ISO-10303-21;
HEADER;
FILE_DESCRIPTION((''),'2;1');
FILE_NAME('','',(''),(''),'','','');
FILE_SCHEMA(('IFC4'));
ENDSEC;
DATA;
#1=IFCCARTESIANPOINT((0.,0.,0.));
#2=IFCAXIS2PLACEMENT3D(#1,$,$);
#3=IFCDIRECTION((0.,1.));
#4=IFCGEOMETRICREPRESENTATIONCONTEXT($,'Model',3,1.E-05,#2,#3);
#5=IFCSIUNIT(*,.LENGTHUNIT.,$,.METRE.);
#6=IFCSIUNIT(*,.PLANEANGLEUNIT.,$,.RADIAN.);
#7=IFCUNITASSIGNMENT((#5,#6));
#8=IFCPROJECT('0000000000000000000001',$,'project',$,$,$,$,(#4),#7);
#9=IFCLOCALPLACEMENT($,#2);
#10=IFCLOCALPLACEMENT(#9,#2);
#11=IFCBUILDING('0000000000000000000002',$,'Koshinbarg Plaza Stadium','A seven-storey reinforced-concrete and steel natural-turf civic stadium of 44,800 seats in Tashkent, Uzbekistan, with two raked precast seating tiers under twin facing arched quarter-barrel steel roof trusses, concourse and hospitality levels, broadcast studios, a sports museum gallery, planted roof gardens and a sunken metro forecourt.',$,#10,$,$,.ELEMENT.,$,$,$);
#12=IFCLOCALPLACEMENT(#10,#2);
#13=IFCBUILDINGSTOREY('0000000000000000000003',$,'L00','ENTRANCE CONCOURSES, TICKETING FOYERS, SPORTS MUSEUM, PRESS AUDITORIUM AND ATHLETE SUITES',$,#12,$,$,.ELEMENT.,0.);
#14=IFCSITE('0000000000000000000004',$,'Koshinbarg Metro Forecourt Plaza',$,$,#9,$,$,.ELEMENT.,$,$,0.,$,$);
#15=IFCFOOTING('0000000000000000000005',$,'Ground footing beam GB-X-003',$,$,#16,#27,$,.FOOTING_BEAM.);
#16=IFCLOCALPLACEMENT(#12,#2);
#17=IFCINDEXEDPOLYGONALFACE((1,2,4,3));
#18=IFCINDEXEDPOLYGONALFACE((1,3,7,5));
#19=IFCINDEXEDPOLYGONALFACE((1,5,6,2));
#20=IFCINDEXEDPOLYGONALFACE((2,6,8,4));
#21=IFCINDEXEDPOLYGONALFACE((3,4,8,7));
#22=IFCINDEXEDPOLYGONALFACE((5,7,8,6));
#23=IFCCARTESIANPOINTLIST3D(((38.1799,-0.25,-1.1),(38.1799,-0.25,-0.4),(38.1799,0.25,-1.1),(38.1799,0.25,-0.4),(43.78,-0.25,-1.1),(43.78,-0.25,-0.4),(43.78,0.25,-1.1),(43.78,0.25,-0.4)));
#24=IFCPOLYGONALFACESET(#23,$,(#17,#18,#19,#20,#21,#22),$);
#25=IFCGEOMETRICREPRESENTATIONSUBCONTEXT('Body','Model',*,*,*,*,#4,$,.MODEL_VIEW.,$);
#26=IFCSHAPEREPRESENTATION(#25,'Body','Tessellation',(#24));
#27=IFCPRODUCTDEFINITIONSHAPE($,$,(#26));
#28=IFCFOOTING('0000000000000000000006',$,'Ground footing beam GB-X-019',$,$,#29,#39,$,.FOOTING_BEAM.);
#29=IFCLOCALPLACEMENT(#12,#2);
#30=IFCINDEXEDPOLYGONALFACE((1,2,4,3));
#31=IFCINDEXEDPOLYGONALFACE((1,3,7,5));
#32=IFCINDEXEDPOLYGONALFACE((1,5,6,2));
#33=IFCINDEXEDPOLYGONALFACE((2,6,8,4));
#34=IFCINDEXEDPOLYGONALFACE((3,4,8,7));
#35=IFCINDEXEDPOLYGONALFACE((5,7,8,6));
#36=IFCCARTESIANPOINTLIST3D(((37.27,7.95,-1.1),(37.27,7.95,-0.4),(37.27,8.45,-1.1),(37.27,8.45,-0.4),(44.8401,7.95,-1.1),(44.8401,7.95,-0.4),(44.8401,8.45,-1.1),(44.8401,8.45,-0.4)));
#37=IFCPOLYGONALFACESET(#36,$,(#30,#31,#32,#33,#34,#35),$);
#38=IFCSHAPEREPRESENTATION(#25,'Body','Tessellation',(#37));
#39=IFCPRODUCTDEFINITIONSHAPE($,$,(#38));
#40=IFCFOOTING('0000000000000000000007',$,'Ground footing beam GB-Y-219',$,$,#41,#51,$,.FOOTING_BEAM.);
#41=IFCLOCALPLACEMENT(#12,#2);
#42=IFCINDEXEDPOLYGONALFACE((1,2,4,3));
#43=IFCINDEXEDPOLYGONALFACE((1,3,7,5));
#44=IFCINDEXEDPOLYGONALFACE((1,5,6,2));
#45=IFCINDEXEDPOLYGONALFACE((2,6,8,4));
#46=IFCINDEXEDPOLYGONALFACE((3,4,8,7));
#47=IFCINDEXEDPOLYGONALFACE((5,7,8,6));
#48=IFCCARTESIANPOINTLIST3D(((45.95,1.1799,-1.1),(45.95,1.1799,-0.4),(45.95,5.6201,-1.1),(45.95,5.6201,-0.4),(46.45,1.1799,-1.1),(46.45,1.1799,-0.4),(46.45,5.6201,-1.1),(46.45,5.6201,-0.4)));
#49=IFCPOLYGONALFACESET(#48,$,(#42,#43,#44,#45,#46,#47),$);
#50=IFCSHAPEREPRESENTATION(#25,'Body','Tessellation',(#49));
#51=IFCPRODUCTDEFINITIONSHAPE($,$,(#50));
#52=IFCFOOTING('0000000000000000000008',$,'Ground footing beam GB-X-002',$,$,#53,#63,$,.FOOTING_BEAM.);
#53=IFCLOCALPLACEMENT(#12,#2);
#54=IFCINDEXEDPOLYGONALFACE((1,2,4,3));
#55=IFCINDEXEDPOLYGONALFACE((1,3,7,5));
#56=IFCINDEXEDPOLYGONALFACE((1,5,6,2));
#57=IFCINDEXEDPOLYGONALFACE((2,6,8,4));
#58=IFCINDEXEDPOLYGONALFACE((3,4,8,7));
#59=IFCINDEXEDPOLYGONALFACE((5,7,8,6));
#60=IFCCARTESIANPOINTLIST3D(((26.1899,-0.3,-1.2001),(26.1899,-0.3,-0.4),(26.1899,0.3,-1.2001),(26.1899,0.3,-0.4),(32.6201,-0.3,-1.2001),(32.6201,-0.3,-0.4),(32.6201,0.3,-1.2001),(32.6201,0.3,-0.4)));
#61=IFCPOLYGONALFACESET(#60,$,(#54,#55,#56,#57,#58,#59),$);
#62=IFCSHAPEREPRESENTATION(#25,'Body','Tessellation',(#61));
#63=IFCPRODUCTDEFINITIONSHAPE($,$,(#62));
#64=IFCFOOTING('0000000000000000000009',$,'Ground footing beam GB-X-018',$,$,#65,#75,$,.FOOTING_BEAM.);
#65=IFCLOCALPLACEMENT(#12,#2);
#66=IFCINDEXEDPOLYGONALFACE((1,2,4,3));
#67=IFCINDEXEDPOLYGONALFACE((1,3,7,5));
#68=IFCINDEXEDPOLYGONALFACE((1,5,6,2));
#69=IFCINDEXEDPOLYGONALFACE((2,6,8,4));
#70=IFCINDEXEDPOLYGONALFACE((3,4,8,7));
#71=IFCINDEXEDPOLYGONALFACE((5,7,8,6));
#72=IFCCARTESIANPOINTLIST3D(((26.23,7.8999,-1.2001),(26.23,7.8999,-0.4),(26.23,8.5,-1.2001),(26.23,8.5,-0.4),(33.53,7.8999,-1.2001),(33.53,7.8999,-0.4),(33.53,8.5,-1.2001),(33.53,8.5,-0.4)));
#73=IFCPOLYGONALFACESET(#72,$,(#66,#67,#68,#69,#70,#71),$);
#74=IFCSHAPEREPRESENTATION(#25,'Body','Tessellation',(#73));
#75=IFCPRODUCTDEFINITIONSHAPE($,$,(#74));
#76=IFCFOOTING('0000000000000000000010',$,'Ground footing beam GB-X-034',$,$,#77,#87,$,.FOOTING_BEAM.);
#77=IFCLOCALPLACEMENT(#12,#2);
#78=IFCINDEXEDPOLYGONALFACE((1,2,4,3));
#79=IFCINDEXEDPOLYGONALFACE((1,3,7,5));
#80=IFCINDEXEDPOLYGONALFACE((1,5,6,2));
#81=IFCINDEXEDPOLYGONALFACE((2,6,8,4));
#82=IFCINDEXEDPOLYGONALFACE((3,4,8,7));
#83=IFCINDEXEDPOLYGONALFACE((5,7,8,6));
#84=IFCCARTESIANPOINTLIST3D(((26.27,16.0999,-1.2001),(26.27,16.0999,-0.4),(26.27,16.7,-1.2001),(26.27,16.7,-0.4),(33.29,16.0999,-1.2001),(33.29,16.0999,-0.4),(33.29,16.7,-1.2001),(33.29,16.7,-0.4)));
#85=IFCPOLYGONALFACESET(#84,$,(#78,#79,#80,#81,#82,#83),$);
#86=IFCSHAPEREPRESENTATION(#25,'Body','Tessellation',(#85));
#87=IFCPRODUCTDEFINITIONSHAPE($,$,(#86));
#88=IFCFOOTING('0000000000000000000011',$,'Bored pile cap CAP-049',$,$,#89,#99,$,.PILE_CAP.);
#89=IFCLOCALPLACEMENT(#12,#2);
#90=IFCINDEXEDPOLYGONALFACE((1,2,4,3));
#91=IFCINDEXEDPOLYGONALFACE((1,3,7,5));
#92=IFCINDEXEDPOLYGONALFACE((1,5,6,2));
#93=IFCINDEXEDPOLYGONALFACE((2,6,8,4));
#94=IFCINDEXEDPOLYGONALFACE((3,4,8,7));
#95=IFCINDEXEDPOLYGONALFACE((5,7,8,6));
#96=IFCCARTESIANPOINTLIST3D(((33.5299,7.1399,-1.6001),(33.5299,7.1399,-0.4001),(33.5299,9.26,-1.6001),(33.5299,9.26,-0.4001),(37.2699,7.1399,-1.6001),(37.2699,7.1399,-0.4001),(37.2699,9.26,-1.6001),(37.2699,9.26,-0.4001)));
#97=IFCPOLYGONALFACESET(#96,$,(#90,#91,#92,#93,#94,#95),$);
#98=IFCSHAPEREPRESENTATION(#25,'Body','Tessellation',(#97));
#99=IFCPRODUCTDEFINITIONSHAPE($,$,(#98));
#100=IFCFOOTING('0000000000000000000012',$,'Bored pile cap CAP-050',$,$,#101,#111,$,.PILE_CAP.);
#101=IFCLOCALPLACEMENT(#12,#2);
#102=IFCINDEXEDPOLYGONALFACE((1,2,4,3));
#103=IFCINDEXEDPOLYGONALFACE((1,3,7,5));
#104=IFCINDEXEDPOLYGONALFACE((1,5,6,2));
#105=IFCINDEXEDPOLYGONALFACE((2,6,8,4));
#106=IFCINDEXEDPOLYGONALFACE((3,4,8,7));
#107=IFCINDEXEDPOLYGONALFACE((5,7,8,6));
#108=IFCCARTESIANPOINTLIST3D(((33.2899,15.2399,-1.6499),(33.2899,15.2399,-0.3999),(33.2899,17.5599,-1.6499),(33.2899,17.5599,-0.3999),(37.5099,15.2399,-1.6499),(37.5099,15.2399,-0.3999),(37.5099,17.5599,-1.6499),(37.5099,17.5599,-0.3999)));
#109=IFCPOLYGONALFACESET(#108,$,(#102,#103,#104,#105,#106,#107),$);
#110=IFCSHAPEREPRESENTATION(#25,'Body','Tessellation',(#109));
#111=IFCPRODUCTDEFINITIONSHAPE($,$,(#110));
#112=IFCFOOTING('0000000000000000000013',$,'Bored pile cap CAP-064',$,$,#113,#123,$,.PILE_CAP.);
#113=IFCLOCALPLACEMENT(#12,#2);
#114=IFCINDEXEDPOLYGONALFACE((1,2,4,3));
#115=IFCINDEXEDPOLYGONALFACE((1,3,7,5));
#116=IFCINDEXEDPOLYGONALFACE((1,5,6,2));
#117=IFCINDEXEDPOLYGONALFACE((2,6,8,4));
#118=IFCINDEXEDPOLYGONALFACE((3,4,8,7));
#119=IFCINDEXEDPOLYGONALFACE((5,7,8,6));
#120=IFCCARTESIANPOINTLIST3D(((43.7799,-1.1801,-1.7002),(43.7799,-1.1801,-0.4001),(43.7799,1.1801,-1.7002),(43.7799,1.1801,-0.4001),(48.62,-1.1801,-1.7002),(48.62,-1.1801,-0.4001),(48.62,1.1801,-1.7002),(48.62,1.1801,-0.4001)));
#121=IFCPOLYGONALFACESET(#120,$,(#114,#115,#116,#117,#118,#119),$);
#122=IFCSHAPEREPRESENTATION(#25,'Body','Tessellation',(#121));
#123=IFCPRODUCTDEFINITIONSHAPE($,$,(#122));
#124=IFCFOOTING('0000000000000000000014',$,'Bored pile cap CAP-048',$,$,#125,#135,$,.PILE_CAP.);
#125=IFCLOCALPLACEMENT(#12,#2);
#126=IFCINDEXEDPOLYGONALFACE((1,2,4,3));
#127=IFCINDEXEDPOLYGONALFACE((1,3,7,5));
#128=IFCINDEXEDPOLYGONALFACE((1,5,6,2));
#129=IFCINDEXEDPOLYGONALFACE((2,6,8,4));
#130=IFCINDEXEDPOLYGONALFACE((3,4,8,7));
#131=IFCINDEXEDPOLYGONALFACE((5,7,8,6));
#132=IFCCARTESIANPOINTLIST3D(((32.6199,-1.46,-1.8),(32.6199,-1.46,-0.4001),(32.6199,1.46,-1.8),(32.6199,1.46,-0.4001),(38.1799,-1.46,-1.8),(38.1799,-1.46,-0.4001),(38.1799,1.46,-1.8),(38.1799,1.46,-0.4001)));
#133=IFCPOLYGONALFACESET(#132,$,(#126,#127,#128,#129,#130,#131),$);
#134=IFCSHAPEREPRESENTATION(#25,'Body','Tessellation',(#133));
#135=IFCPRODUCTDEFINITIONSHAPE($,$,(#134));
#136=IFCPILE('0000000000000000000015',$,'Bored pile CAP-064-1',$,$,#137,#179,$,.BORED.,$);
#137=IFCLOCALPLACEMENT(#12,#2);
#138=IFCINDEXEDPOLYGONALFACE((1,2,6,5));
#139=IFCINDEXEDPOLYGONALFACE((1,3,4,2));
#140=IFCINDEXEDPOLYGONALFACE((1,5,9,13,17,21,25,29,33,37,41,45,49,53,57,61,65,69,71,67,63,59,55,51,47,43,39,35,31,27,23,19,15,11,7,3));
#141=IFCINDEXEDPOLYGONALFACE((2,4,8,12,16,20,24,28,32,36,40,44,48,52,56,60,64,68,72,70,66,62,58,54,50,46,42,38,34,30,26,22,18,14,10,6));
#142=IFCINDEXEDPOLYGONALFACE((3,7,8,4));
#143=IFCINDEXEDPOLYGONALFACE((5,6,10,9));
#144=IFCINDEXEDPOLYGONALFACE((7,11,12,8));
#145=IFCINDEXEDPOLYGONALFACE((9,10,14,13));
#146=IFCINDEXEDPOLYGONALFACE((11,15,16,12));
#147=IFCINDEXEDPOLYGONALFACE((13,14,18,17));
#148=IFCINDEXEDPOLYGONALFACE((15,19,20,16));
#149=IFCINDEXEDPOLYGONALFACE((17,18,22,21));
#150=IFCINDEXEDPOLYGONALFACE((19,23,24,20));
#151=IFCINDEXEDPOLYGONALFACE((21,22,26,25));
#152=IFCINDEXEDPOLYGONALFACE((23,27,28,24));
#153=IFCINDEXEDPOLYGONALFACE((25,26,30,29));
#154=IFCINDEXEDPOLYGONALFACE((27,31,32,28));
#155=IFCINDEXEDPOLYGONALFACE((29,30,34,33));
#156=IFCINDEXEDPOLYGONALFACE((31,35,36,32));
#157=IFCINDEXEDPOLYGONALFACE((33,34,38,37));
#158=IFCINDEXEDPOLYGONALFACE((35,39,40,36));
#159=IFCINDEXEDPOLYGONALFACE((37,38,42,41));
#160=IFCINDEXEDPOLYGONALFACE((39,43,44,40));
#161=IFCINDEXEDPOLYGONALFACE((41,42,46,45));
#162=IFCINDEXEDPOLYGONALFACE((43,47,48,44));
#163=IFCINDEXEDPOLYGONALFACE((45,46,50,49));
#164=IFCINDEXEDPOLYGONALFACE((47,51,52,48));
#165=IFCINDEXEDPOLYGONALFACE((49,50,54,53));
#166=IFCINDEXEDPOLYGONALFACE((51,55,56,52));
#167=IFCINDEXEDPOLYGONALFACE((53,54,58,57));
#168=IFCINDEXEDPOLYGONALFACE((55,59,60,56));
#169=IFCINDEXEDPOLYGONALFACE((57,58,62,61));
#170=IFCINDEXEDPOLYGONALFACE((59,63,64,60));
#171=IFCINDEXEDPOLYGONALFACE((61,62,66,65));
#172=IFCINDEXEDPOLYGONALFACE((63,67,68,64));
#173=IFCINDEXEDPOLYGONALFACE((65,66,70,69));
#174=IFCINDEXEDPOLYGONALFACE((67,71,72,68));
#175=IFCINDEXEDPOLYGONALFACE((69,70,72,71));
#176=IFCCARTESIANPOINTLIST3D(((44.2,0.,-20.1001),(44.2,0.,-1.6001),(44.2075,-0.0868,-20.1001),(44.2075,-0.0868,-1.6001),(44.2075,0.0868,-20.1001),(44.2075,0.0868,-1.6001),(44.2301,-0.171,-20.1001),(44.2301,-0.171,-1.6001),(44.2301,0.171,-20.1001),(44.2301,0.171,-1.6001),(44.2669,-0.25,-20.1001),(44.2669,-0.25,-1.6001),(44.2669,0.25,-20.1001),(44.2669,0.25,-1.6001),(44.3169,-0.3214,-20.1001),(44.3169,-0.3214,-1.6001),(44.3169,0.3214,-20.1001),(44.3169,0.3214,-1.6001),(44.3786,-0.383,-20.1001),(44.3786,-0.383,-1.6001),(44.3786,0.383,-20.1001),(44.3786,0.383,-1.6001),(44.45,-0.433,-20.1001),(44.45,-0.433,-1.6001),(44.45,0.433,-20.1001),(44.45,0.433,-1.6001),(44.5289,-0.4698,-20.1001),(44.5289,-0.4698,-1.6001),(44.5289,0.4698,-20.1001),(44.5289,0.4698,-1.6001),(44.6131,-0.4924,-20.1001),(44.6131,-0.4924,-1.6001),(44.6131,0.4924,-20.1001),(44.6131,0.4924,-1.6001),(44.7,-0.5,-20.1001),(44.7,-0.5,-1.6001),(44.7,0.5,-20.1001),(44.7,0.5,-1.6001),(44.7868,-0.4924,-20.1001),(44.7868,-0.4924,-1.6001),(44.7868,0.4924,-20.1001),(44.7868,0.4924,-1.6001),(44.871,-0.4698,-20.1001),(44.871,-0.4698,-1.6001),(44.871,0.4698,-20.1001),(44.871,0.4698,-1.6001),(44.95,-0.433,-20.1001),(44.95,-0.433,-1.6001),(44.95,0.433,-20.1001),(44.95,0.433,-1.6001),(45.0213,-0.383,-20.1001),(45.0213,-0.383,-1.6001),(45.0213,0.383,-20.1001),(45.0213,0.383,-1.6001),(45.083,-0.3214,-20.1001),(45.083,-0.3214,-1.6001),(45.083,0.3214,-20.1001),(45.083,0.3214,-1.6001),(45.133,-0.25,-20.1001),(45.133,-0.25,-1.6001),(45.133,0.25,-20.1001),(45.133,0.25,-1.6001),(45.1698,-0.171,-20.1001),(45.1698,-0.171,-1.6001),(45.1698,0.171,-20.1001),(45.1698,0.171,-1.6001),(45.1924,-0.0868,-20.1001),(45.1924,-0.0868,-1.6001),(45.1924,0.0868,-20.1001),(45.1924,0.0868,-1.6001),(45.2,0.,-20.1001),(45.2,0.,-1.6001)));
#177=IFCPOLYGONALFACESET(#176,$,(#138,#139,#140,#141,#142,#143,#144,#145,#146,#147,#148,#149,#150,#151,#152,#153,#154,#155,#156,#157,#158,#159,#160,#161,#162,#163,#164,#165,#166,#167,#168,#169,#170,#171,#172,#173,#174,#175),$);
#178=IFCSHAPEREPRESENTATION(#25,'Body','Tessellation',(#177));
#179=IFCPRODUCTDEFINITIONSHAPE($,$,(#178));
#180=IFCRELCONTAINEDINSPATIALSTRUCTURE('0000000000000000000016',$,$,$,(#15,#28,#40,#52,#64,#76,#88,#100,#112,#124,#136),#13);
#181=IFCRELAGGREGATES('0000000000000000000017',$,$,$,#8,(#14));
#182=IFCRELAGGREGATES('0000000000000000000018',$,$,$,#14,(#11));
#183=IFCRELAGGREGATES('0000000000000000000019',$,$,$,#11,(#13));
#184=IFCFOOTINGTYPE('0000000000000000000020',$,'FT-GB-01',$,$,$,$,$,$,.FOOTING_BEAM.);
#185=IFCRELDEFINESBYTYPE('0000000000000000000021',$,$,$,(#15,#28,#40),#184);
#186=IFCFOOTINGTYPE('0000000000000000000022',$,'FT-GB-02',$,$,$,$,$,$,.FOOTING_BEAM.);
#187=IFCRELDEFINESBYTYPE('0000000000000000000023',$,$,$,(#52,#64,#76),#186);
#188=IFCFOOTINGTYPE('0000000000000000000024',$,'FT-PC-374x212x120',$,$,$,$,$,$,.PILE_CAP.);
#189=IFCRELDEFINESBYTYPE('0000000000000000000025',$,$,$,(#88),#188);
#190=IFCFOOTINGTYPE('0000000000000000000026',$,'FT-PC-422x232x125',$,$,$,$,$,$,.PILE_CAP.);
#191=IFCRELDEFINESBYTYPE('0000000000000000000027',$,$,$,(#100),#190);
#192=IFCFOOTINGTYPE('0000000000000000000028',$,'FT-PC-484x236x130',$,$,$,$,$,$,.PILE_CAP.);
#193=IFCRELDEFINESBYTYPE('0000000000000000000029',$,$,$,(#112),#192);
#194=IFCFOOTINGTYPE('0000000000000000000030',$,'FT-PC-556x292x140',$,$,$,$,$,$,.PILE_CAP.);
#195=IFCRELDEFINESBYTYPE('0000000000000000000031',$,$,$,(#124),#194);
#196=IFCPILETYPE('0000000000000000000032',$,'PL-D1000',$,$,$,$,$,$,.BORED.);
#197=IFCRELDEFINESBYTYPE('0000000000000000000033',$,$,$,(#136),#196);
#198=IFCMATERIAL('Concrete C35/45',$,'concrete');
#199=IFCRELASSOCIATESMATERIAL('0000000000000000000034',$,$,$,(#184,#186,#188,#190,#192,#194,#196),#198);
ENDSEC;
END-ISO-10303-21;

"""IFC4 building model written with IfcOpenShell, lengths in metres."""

from ifc_helpers import new_model, si_unit, direction, frame, origin, origin_2d, place, context, subcontext, project, spatial, rectangle, circle, extrude, material, material_profile, profile_set, type_object, element, save


model = new_model("IFC4")

# Units and contexts
model_context = context("Model", 3, precision=1e-05, world=origin(), true_north=direction((0.0, 1.0)))
body_context = subcontext(model_context, "Body", "Model", "MODEL_VIEW")
ifc_project = project(units=[si_unit("LENGTHUNIT", "METRE"), si_unit("PLANEANGLEUNIT", "RADIAN")], contexts=[model_context])

# Site, building, storey
site_placement = place(None, origin())
site = spatial("IfcSite", under=ifc_project, at=site_placement, Name="Koshinbarg Metro Forecourt Plaza", CompositionType="ELEMENT", RefElevation=0.0)
building_placement = place(site_placement, origin())
building = spatial("IfcBuilding", under=site, at=building_placement, Name="Koshinbarg Plaza Stadium", Description="A seven-storey reinforced-concrete and steel natural-turf civic stadium of 44,800 seats in Tashkent, Uzbekistan, with two raked precast seating tiers under twin facing arched quarter-barrel steel roof trusses, concourse and hospitality levels, broadcast studios, a sports museum gallery, planted roof gardens and a sunken metro forecourt.", CompositionType="ELEMENT")
storey_placement = place(building_placement, origin())
storey = spatial("IfcBuildingStorey", under=building, at=storey_placement, Name="L00", Description="ENTRANCE CONCOURSES, TICKETING FOYERS, SPORTS MUSEUM, PRESS AUDITORIUM AND ATHLETE SUITES", CompositionType="ELEMENT", Elevation=0.0)

# Footings
ifc_material_1 = material(Name="Concrete C35/45", Category="concrete")
ifc_material_profile_1 = material_profile(ifc_material_1, rectangle(XDim=0.5, YDim=0.7, at=origin_2d()), Name="GB 500x700")
ifc_profile_set_1 = profile_set([ifc_material_profile_1], Name="Concrete C35/45")
footing_type_1 = type_object("IfcFootingType", Name="FT-GB-01", PredefinedType="FOOTING_BEAM", material=ifc_profile_set_1)
footing_1_placement = place(storey_placement, frame((38.1799, 0.0, -0.75), z_axis=(1.0, 0.0, 0.0), x_axis=(0.0, 1.0, 0.0)))
element("IfcFooting", 1, at=footing_1_placement, inside=storey, type_object=footing_type_1, Name="Ground footing beam GB-X-003", PredefinedType="FOOTING_BEAM", context=body_context, shape_type="SweptSolid", body=[
    extrude(rectangle(XDim=0.5, YDim=0.7, at=origin_2d()), origin(), (0.0, 0.0, 1.0), 5.6001),
])
footing_2_placement = place(storey_placement, frame((37.27, 8.2, -0.75), z_axis=(1.0, 0.0, 0.0), x_axis=(0.0, 1.0, 0.0)))
element("IfcFooting", 2, at=footing_2_placement, inside=storey, type_object=footing_type_1, Name="Ground footing beam GB-X-019", PredefinedType="FOOTING_BEAM", context=body_context, shape_type="SweptSolid", body=[
    extrude(rectangle(XDim=0.5, YDim=0.7, at=origin_2d()), origin(), (0.0, 0.0, 1.0), 7.5701),
])
footing_3_placement = place(storey_placement, frame((46.2, 1.1799, -0.75), z_axis=(0.0, 1.0, 0.0), x_axis=(-1.0, 0.0, 0.0)))
element("IfcFooting", 3, at=footing_3_placement, inside=storey, type_object=footing_type_1, Name="Ground footing beam GB-Y-219", PredefinedType="FOOTING_BEAM", context=body_context, shape_type="SweptSolid", body=[
    extrude(rectangle(XDim=0.5, YDim=0.7, at=origin_2d()), origin(), (0.0, 0.0, 1.0), 4.4402),
])
ifc_material_profile_2 = material_profile(ifc_material_1, rectangle(XDim=0.6001, YDim=0.8, at=origin_2d()), Name="GB 600x800")
ifc_profile_set_2 = profile_set([ifc_material_profile_2], Name="Concrete C35/45")
footing_type_2 = type_object("IfcFootingType", Name="FT-GB-02", PredefinedType="FOOTING_BEAM", material=ifc_profile_set_2)
footing_4_placement = place(storey_placement, frame((26.1899, 0.0, -0.8), z_axis=(1.0, 0.0, 0.0), x_axis=(0.0, 1.0, 0.0)))
element("IfcFooting", 4, at=footing_4_placement, inside=storey, type_object=footing_type_2, Name="Ground footing beam GB-X-002", PredefinedType="FOOTING_BEAM", context=body_context, shape_type="SweptSolid", body=[
    extrude(rectangle(XDim=0.6001, YDim=0.8, at=origin_2d()), origin(), (0.0, 0.0, 1.0), 6.4302),
])
footing_5_placement = place(storey_placement, frame((26.23, 8.2, -0.8), z_axis=(1.0, 0.0, 0.0), x_axis=(0.0, 1.0, 0.0)))
element("IfcFooting", 5, at=footing_5_placement, inside=storey, type_object=footing_type_2, Name="Ground footing beam GB-X-018", PredefinedType="FOOTING_BEAM", context=body_context, shape_type="SweptSolid", body=[
    extrude(rectangle(XDim=0.6001, YDim=0.8, at=origin_2d()), origin(), (0.0, 0.0, 1.0), 7.3),
])
footing_6_placement = place(storey_placement, frame((26.27, 16.3999, -0.8), z_axis=(1.0, 0.0, 0.0), x_axis=(0.0, 1.0, 0.0)))
element("IfcFooting", 6, at=footing_6_placement, inside=storey, type_object=footing_type_2, Name="Ground footing beam GB-X-034", PredefinedType="FOOTING_BEAM", context=body_context, shape_type="SweptSolid", body=[
    extrude(rectangle(XDim=0.6001, YDim=0.8, at=origin_2d()), origin(), (0.0, 0.0, 1.0), 7.02),
])
footing_type_3 = type_object("IfcFootingType", Name="FT-PC-374x212x120", PredefinedType="PILE_CAP", material=ifc_material_1)
footing_7_placement = place(storey_placement, frame((35.3999, 8.2, -1.6001), z_axis=(0.0, 0.0, 1.0), x_axis=(1.0, 0.0, 0.0)))
element("IfcFooting", 7, at=footing_7_placement, inside=storey, type_object=footing_type_3, Name="Bored pile cap CAP-049", PredefinedType="PILE_CAP", context=body_context, shape_type="SweptSolid", body=[
    extrude(rectangle(XDim=3.74, YDim=2.1201, at=origin_2d()), origin(), (0.0, 0.0, 1.0), 1.2),
])
footing_type_4 = type_object("IfcFootingType", Name="FT-PC-422x232x125", PredefinedType="PILE_CAP", material=ifc_material_1)
footing_8_placement = place(storey_placement, frame((35.3999, 16.3999, -1.6499), z_axis=(0.0, 0.0, 1.0), x_axis=(1.0, 0.0, 0.0)))
element("IfcFooting", 8, at=footing_8_placement, inside=storey, type_object=footing_type_4, Name="Bored pile cap CAP-050", PredefinedType="PILE_CAP", context=body_context, shape_type="SweptSolid", body=[
    extrude(rectangle(XDim=4.22, YDim=2.3201, at=origin_2d()), origin(), (0.0, 0.0, 1.0), 1.25),
])
footing_type_5 = type_object("IfcFootingType", Name="FT-PC-484x236x130", PredefinedType="PILE_CAP", material=ifc_material_1)
footing_9_placement = place(storey_placement, frame((46.2, 0.0, -1.7002), z_axis=(0.0, 0.0, 1.0), x_axis=(1.0, 0.0, 0.0)))
element("IfcFooting", 9, at=footing_9_placement, inside=storey, type_object=footing_type_5, Name="Bored pile cap CAP-064", PredefinedType="PILE_CAP", context=body_context, shape_type="SweptSolid", body=[
    extrude(rectangle(XDim=4.8401, YDim=2.3601, at=origin_2d()), origin(), (0.0, 0.0, 1.0), 1.3),
])
footing_type_6 = type_object("IfcFootingType", Name="FT-PC-556x292x140", PredefinedType="PILE_CAP", material=ifc_material_1)
footing_10_placement = place(storey_placement, frame((35.3999, 0.0, -1.8), z_axis=(0.0, 0.0, 1.0), x_axis=(1.0, 0.0, 0.0)))
element("IfcFooting", 10, at=footing_10_placement, inside=storey, type_object=footing_type_6, Name="Bored pile cap CAP-048", PredefinedType="PILE_CAP", context=body_context, shape_type="SweptSolid", body=[
    extrude(rectangle(XDim=5.5601, YDim=2.9199, at=origin_2d()), origin(), (0.0, 0.0, 1.0), 1.3999),
])

# Pile
ifc_material_profile_3 = material_profile(ifc_material_1, circle(Radius=0.5, at=origin_2d()), Name="PILE D1000")
ifc_profile_set_3 = profile_set([ifc_material_profile_3], Name="Concrete C35/45")
pile_type_1 = type_object("IfcPileType", Name="PL-D1000", PredefinedType="BORED", material=ifc_profile_set_3)
pile_1_placement = place(storey_placement, frame((44.7, 0.0, -1.6001), z_axis=(0.0, 0.0, -1.0), x_axis=(1.0, 0.0, 0.0)))
element("IfcPile", 11, at=pile_1_placement, inside=storey, type_object=pile_type_1, Name="Bored pile CAP-064-1", PredefinedType="BORED", context=body_context, shape_type="SweptSolid", body=[
    extrude(circle(Radius=0.5, at=origin_2d()), origin(), (0.0, 0.0, 1.0), 18.5),
])

save(model, "model.ifc")
